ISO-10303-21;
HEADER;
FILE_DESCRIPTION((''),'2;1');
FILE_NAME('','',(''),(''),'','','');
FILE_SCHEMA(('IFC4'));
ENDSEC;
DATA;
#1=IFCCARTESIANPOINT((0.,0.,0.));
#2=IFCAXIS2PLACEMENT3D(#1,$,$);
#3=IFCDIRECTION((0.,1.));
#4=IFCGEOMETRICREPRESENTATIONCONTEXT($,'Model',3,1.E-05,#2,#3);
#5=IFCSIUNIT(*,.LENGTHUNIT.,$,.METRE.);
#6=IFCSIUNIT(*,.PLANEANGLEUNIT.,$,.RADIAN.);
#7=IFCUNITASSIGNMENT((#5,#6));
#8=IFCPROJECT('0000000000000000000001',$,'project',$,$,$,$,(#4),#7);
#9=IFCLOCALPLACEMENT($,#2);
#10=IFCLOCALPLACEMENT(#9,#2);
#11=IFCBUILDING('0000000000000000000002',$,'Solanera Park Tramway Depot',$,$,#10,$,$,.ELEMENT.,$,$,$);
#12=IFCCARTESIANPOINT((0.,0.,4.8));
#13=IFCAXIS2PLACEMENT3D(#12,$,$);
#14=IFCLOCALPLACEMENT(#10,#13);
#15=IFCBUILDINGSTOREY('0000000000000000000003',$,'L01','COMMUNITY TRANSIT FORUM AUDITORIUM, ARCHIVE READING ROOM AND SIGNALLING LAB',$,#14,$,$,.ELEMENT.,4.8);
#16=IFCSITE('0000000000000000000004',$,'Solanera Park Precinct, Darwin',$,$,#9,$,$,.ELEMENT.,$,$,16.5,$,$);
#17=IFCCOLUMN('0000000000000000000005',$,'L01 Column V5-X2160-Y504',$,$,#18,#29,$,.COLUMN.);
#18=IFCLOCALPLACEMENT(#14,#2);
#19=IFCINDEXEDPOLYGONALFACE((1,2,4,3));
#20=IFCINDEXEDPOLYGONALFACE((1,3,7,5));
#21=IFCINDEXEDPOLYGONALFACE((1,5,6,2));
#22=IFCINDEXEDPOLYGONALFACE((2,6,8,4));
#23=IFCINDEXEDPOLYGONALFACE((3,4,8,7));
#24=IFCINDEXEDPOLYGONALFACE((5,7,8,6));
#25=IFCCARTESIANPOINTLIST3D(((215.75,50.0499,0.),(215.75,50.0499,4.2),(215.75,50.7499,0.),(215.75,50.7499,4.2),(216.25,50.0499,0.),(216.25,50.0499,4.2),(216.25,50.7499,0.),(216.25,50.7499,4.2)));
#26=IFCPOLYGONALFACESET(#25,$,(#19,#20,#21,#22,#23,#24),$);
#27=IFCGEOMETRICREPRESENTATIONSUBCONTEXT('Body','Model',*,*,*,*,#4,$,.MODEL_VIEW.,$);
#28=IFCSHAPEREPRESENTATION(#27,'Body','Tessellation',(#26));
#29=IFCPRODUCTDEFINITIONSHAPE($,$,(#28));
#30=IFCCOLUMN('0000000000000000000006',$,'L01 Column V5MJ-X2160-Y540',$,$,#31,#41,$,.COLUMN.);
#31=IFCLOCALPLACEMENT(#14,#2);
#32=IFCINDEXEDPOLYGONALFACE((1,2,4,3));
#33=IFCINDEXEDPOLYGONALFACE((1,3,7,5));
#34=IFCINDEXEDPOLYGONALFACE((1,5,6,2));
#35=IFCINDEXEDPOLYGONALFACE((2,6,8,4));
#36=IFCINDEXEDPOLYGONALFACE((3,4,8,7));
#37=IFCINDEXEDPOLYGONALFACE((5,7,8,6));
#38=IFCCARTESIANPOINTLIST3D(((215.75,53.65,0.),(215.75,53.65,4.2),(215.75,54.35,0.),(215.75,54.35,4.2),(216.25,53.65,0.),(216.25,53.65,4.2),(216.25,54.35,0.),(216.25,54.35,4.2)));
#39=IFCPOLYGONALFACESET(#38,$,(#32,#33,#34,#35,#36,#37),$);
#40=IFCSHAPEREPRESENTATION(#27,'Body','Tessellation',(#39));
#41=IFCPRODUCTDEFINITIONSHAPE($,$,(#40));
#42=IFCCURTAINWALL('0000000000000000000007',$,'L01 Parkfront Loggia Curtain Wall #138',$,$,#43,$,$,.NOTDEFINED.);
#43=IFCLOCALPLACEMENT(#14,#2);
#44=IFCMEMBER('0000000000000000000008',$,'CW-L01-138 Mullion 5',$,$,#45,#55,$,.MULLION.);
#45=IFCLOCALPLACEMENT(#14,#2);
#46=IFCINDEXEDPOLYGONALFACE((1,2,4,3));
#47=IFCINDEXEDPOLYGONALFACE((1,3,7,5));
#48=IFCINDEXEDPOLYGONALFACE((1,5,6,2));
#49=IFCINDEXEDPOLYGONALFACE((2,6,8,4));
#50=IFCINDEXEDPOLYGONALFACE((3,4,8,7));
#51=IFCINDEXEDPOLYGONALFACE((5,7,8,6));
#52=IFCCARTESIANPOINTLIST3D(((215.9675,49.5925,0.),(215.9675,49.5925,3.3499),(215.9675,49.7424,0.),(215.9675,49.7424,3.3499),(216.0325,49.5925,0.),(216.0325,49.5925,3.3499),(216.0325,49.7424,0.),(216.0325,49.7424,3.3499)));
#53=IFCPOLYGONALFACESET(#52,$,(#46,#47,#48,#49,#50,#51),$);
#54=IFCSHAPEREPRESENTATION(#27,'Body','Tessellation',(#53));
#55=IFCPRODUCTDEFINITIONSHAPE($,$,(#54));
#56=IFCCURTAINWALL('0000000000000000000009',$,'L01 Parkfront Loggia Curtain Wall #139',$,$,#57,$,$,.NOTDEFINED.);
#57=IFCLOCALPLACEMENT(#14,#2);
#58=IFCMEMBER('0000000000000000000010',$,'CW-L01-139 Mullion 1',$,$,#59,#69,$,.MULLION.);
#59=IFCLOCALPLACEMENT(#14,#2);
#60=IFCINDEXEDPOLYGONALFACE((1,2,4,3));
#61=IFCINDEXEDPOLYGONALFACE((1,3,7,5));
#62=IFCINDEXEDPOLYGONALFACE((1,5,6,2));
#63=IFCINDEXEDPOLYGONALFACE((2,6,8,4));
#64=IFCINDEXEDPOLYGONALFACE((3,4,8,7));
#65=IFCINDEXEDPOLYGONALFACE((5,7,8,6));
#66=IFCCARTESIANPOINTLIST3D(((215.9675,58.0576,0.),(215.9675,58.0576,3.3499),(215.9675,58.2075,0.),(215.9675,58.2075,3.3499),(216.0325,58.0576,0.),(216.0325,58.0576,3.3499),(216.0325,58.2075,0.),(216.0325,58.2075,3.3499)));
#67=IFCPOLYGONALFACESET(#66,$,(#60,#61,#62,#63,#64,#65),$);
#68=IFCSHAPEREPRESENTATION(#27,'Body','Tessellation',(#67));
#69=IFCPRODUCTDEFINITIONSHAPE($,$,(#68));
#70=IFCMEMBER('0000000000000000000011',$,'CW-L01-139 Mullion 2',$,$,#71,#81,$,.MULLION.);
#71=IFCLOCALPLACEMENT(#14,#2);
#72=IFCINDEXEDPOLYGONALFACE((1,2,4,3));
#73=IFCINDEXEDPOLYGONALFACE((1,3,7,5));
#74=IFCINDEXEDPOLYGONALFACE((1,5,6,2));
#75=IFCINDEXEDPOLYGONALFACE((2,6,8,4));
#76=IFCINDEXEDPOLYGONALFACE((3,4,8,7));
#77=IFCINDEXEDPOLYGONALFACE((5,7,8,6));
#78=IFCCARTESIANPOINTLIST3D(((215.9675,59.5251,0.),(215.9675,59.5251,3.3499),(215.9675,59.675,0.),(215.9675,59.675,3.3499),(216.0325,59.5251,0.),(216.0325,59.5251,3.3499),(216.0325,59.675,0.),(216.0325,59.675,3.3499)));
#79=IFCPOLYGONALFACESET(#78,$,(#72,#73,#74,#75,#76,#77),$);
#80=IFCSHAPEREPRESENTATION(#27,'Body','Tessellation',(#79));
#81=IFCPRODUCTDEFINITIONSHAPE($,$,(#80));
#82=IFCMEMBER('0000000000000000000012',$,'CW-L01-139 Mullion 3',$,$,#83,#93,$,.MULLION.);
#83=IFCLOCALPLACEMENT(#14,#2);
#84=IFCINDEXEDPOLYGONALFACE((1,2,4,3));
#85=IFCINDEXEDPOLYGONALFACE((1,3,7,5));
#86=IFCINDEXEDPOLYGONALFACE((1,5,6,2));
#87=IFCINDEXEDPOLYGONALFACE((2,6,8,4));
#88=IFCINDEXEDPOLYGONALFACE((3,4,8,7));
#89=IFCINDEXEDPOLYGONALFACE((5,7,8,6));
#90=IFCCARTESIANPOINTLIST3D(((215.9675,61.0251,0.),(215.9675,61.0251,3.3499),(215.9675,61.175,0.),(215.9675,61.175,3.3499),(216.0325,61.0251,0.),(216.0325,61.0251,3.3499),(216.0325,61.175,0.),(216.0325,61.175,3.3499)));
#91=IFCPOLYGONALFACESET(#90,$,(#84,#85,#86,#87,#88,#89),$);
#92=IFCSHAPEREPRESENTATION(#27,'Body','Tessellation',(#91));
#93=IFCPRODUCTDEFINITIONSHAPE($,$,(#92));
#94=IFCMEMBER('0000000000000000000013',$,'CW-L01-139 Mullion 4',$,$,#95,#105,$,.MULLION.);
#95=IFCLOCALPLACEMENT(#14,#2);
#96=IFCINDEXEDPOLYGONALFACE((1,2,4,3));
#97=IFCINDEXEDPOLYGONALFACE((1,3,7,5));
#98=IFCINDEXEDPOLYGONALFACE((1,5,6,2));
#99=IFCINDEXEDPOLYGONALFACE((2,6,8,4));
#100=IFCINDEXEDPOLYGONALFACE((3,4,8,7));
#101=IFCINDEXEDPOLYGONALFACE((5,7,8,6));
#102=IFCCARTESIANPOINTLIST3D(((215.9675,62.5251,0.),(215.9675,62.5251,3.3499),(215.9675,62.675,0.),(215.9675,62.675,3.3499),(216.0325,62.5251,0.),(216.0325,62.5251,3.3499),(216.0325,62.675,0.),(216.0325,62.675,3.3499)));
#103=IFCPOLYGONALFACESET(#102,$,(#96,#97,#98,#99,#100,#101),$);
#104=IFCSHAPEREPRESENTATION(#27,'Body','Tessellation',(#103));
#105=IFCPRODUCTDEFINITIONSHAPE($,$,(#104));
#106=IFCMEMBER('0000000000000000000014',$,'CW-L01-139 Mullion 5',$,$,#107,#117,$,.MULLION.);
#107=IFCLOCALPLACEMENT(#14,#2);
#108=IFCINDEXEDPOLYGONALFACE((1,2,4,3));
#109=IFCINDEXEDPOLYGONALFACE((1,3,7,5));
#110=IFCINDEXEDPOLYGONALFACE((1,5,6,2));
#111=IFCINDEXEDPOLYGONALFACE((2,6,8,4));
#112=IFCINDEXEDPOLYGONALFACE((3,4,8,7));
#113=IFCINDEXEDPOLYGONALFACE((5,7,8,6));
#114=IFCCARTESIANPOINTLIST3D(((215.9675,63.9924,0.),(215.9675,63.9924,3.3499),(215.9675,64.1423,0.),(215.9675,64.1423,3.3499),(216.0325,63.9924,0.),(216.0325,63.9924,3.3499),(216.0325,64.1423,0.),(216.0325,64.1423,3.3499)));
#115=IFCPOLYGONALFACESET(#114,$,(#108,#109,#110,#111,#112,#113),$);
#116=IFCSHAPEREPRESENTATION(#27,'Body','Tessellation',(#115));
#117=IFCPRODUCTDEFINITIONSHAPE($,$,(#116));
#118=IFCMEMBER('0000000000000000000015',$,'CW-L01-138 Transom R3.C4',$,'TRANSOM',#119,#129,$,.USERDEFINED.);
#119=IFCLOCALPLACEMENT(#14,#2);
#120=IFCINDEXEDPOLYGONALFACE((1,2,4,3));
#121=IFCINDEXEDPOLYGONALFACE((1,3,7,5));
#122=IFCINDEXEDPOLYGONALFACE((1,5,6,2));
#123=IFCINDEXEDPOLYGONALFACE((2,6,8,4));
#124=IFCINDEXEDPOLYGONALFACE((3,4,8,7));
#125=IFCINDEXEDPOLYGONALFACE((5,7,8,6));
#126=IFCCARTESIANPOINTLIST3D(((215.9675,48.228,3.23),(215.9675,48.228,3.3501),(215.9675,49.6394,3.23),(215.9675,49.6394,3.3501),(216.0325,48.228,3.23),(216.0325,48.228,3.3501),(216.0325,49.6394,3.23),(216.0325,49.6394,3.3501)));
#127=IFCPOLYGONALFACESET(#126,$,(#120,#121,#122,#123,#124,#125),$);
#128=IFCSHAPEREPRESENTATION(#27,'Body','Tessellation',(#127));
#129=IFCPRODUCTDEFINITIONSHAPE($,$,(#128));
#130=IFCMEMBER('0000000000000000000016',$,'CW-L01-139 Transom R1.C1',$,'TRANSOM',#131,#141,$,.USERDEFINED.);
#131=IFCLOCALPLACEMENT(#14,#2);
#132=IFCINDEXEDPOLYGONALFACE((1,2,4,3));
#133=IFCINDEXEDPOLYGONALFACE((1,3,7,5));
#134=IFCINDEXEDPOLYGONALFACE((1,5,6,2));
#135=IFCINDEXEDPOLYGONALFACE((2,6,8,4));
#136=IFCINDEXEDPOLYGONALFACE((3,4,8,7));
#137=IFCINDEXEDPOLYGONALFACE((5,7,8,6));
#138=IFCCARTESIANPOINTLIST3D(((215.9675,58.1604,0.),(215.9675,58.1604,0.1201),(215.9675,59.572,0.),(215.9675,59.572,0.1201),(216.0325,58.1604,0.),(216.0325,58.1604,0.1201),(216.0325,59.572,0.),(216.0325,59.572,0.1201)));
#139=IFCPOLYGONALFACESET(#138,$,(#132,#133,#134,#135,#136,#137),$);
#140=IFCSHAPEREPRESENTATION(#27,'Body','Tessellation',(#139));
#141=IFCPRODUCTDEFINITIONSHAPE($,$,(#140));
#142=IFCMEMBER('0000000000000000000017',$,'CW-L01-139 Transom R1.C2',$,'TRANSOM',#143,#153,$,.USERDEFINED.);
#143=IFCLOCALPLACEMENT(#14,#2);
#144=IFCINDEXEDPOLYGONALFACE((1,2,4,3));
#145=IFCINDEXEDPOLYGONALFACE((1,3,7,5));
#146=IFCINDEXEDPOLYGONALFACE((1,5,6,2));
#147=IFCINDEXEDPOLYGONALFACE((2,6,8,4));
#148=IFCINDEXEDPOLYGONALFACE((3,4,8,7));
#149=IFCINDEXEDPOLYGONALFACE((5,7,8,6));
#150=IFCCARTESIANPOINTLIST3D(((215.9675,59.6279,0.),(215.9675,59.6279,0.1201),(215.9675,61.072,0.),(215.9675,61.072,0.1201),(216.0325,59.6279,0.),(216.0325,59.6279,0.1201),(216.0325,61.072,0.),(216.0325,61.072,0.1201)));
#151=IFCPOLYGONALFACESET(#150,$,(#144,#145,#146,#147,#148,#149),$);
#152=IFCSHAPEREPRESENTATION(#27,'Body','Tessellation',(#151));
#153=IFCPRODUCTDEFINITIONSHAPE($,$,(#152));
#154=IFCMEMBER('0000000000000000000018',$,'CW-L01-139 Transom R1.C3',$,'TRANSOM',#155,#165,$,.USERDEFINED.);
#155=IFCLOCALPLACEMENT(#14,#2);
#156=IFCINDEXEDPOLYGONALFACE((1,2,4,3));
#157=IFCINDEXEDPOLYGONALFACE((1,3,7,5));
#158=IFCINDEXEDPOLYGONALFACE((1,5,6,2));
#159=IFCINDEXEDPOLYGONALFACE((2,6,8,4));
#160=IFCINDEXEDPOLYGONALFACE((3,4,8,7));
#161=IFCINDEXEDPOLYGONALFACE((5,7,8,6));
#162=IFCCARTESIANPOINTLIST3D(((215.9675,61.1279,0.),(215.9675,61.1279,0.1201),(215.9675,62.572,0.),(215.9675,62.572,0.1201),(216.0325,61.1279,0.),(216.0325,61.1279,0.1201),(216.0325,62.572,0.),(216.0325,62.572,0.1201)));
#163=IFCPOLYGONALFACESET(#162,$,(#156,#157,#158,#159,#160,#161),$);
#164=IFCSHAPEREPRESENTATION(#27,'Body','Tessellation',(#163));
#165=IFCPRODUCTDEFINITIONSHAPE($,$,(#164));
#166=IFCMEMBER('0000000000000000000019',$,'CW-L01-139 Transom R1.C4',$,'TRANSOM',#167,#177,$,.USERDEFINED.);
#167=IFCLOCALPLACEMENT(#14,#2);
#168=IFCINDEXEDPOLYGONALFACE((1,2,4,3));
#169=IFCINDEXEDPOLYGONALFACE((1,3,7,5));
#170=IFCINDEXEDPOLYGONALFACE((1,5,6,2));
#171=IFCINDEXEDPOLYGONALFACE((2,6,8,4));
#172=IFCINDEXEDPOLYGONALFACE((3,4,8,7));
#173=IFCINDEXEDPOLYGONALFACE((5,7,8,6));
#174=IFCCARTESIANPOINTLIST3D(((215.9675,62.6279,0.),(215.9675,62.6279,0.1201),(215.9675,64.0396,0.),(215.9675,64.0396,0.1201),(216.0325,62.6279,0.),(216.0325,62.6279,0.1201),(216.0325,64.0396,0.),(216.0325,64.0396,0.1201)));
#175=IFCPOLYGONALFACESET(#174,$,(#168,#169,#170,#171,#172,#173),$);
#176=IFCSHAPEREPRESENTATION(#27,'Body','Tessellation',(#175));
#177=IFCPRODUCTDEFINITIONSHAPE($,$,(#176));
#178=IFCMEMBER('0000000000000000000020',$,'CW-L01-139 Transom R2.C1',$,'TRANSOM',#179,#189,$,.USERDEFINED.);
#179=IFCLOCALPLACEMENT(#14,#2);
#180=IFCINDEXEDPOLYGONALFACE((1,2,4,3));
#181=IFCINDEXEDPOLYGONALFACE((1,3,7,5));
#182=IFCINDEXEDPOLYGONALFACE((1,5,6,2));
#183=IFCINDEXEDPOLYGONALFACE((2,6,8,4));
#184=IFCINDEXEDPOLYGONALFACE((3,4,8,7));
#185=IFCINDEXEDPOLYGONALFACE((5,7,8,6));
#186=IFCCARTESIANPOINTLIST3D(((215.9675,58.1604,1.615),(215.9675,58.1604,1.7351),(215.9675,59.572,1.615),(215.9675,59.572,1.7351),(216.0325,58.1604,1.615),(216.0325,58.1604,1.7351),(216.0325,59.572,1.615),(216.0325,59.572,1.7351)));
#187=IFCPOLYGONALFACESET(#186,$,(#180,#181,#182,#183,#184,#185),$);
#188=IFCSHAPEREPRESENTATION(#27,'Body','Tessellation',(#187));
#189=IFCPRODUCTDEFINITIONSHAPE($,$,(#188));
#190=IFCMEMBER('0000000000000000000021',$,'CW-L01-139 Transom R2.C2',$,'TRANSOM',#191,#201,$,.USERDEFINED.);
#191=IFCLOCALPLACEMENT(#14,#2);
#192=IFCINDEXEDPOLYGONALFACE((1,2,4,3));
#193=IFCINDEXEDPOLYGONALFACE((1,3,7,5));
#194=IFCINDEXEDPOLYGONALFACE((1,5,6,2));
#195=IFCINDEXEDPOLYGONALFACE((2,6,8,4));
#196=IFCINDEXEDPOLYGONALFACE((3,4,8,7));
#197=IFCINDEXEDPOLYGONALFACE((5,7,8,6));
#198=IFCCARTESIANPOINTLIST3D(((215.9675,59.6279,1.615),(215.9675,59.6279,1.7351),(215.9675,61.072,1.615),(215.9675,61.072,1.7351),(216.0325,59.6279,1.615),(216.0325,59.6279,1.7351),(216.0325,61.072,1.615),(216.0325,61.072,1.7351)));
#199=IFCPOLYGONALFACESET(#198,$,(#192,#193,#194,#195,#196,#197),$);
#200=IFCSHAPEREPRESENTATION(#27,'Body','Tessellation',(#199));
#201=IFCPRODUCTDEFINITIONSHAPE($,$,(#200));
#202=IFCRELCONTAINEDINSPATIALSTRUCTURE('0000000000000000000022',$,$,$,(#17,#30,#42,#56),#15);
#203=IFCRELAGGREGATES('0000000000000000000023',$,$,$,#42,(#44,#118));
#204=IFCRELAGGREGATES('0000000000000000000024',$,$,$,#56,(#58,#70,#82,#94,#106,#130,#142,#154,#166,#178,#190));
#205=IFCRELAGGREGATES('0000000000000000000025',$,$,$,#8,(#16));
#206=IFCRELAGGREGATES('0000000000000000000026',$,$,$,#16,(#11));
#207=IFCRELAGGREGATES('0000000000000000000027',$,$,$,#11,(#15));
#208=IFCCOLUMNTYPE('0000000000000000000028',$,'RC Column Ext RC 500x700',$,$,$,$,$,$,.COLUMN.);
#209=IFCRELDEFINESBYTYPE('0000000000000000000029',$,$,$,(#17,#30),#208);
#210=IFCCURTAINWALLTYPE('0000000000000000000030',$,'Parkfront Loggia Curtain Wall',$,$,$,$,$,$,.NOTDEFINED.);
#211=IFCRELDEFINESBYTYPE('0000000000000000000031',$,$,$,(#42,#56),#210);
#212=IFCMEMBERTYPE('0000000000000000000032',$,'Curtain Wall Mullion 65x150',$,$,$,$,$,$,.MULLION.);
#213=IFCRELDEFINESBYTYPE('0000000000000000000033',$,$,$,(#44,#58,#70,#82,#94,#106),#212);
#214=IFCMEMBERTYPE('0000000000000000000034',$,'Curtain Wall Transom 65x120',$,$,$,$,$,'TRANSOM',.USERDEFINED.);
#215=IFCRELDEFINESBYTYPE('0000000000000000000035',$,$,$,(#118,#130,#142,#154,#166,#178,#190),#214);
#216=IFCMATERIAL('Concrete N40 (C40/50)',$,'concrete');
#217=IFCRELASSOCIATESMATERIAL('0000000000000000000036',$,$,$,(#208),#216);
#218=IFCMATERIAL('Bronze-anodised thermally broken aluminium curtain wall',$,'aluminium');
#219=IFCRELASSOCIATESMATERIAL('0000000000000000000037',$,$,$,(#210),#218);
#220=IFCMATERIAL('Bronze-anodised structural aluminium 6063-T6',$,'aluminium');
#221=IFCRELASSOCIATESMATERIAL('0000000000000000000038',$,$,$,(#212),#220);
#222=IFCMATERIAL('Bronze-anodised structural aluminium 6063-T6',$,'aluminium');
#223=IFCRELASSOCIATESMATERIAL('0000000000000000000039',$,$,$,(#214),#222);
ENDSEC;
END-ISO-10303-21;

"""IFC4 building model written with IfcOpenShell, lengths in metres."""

from ifc_helpers import new_model, si_unit, direction, frame, origin, origin_2d, place, context, subcontext, project, spatial, rectangle, extrude, material, material_profile, profile_set, type_object, element, aggregate, save


model = new_model("IFC4")

# Units and contexts
model_context = context("Model", 3, precision=1e-05, world=origin(), true_north=direction((0.0, 1.0)))
body_context = subcontext(model_context, "Body", "Model", "MODEL_VIEW")
ifc_project = project(units=[si_unit("LENGTHUNIT", "METRE"), si_unit("PLANEANGLEUNIT", "RADIAN")], contexts=[model_context])

# Site, building, storey
site_placement = place(None, origin())
site = spatial("IfcSite", under=ifc_project, at=site_placement, Name="Solanera Park Precinct, Darwin", CompositionType="ELEMENT", RefElevation=16.5)
building_placement = place(site_placement, origin())
building = spatial("IfcBuilding", under=site, at=building_placement, Name="Solanera Park Tramway Depot", CompositionType="ELEMENT")
storey_placement = place(building_placement, frame((0.0, 0.0, 4.8)))
storey = spatial("IfcBuildingStorey", under=building, at=storey_placement, Name="L01", Description="COMMUNITY TRANSIT FORUM AUDITORIUM, ARCHIVE READING ROOM AND SIGNALLING LAB", CompositionType="ELEMENT", Elevation=4.8)

# Columns
ifc_material_1 = material(Name="Concrete N40 (C40/50)", Category="concrete")
ifc_material_profile_1 = material_profile(ifc_material_1, rectangle(XDim=0.5, YDim=0.7, at=origin_2d()), Name="RC 500x700")
ifc_profile_set_1 = profile_set([ifc_material_profile_1], Name="Concrete N40 (C40/50)")
column_type = type_object("IfcColumnType", Name="RC Column Ext RC 500x700", PredefinedType="COLUMN", material=ifc_profile_set_1)
for number, where, z_axis, x_axis, name in (
    (1, (216.0, 50.3999, 0.0), (0.0, 0.0, 1.0), (1.0, 0.0, 0.0), "L01 Column V5-X2160-Y504"),
    (2, (216.0, 54.0, 0.0), (0.0, 0.0, 1.0), (1.0, 0.0, 0.0), "L01 Column V5MJ-X2160-Y540"),
):
    element("IfcColumn", number, at=place(storey_placement, frame(where, z_axis=z_axis, x_axis=x_axis)), inside=storey, type_object=column_type, Name=name, PredefinedType="COLUMN", context=body_context, shape_type="SweptSolid", body=[
        extrude(rectangle(XDim=0.5, YDim=0.7, at=origin_2d()), origin(), (0.0, 0.0, 1.0), 4.2),
    ])

# Curtain wall, member
ifc_material_2 = material(Name="Bronze-anodised thermally broken aluminium curtain wall", Category="aluminium")
curtain_wall_type = type_object("IfcCurtainWallType", Name="Parkfront Loggia Curtain Wall", PredefinedType="NOTDEFINED", material=ifc_material_2)
curtain_wall_1_placement = place(storey_placement, origin())
curtain_wall_1 = element("IfcCurtainWall", 3, at=curtain_wall_1_placement, inside=storey, type_object=curtain_wall_type, Name="L01 Parkfront Loggia Curtain Wall #138", PredefinedType="NOTDEFINED")
ifc_material_3 = material(Name="Bronze-anodised structural aluminium 6063-T6", Category="aluminium")
ifc_material_profile_2 = material_profile(ifc_material_3, rectangle(XDim=0.0649, YDim=0.1499, at=origin_2d()), Name="Curtain Wall Mullion 65x150")
ifc_profile_set_2 = profile_set([ifc_material_profile_2], Name="Bronze-anodised structural aluminium 6063-T6")
member_type_1 = type_object("IfcMemberType", Name="Curtain Wall Mullion 65x150", PredefinedType="MULLION", material=ifc_profile_set_2)
member_1_placement = place(storey_placement, frame((216.0, 49.6675, 0.0), z_axis=(0.0, 0.0, 1.0), x_axis=(1.0, 0.0, 0.0)))
member_1 = element("IfcMember", 4, at=member_1_placement, type_object=member_type_1, Name="CW-L01-138 Mullion 5", PredefinedType="MULLION", context=body_context, shape_type="SweptSolid", body=[
    extrude(rectangle(XDim=0.0649, YDim=0.1499, at=origin_2d()), origin(), (0.0, 0.0, 1.0), 3.3499),
])

# Curtain wall, members
curtain_wall_2_placement = place(storey_placement, origin())
curtain_wall_2 = element("IfcCurtainWall", 5, at=curtain_wall_2_placement, inside=storey, type_object=curtain_wall_type, Name="L01 Parkfront Loggia Curtain Wall #139", PredefinedType="NOTDEFINED")
member_2_placement = place(storey_placement, frame((216.0, 58.1326, 0.0), z_axis=(0.0, 0.0, 1.0), x_axis=(1.0, 0.0, 0.0)))
member_2 = element("IfcMember", 6, at=member_2_placement, type_object=member_type_1, Name="CW-L01-139 Mullion 1", PredefinedType="MULLION", context=body_context, shape_type="SweptSolid", body=[
    extrude(rectangle(XDim=0.0649, YDim=0.1499, at=origin_2d()), origin(), (0.0, 0.0, 1.0), 3.3499),
])
member_3_placement = place(storey_placement, frame((216.0, 59.6001, 0.0), z_axis=(0.0, 0.0, 1.0), x_axis=(1.0, 0.0, 0.0)))
member_3 = element("IfcMember", 7, at=member_3_placement, type_object=member_type_1, Name="CW-L01-139 Mullion 2", PredefinedType="MULLION", context=body_context, shape_type="SweptSolid", body=[
    extrude(rectangle(XDim=0.0649, YDim=0.1499, at=origin_2d()), origin(), (0.0, 0.0, 1.0), 3.3499),
])
member_4_placement = place(storey_placement, frame((216.0, 61.1001, 0.0), z_axis=(0.0, 0.0, 1.0), x_axis=(1.0, 0.0, 0.0)))
member_4 = element("IfcMember", 8, at=member_4_placement, type_object=member_type_1, Name="CW-L01-139 Mullion 3", PredefinedType="MULLION", context=body_context, shape_type="SweptSolid", body=[
    extrude(rectangle(XDim=0.0649, YDim=0.1499, at=origin_2d()), origin(), (0.0, 0.0, 1.0), 3.3499),
])
member_5_placement = place(storey_placement, frame((216.0, 62.6001, 0.0), z_axis=(0.0, 0.0, 1.0), x_axis=(1.0, 0.0, 0.0)))
member_5 = element("IfcMember", 9, at=member_5_placement, type_object=member_type_1, Name="CW-L01-139 Mullion 4", PredefinedType="MULLION", context=body_context, shape_type="SweptSolid", body=[
    extrude(rectangle(XDim=0.0649, YDim=0.1499, at=origin_2d()), origin(), (0.0, 0.0, 1.0), 3.3499),
])
member_6_placement = place(storey_placement, frame((216.0, 64.0674, 0.0), z_axis=(0.0, 0.0, 1.0), x_axis=(1.0, 0.0, 0.0)))
member_6 = element("IfcMember", 10, at=member_6_placement, type_object=member_type_1, Name="CW-L01-139 Mullion 5", PredefinedType="MULLION", context=body_context, shape_type="SweptSolid", body=[
    extrude(rectangle(XDim=0.0649, YDim=0.1499, at=origin_2d()), origin(), (0.0, 0.0, 1.0), 3.3499),
])

# Members
ifc_material_4 = material(Name="Bronze-anodised structural aluminium 6063-T6", Category="aluminium")
ifc_material_profile_3 = material_profile(ifc_material_4, rectangle(XDim=0.0649, YDim=0.1201, at=origin_2d()), Name="Curtain Wall Transom 65x120")
ifc_profile_set_3 = profile_set([ifc_material_profile_3], Name="Bronze-anodised structural aluminium 6063-T6")
member_type_2 = type_object("IfcMemberType", Name="Curtain Wall Transom 65x120", ElementType="TRANSOM", PredefinedType="USERDEFINED", material=ifc_profile_set_3)
member_7_placement = place(storey_placement, frame((216.0, 48.228, 3.29), z_axis=(0.0, 1.0, 0.0), x_axis=(-1.0, 0.0, 0.0)))
member_7 = element("IfcMember", 11, at=member_7_placement, type_object=member_type_2, Name="CW-L01-138 Transom R3.C4", ObjectType="TRANSOM", PredefinedType="USERDEFINED", context=body_context, shape_type="SweptSolid", body=[
    extrude(rectangle(XDim=0.0649, YDim=0.1201, at=origin_2d()), origin(), (0.0, 0.0, 1.0), 1.4114),
])
member_8_placement = place(storey_placement, frame((216.0, 58.1604, 0.0601), z_axis=(0.0, 1.0, 0.0), x_axis=(-1.0, 0.0, 0.0)))
member_8 = element("IfcMember", 12, at=member_8_placement, type_object=member_type_2, Name="CW-L01-139 Transom R1.C1", ObjectType="TRANSOM", PredefinedType="USERDEFINED", context=body_context, shape_type="SweptSolid", body=[
    extrude(rectangle(XDim=0.0649, YDim=0.1201, at=origin_2d()), origin(), (0.0, 0.0, 1.0), 1.4116),
])
member_9_placement = place(storey_placement, frame((216.0, 59.6279, 0.0601), z_axis=(0.0, 1.0, 0.0), x_axis=(-1.0, 0.0, 0.0)))
member_9 = element("IfcMember", 13, at=member_9_placement, type_object=member_type_2, Name="CW-L01-139 Transom R1.C2", ObjectType="TRANSOM", PredefinedType="USERDEFINED", context=body_context, shape_type="SweptSolid", body=[
    extrude(rectangle(XDim=0.0649, YDim=0.1201, at=origin_2d()), origin(), (0.0, 0.0, 1.0), 1.4441),
])
member_10_placement = place(storey_placement, frame((216.0, 61.1279, 0.0601), z_axis=(0.0, 1.0, 0.0), x_axis=(-1.0, 0.0, 0.0)))
member_10 = element("IfcMember", 14, at=member_10_placement, type_object=member_type_2, Name="CW-L01-139 Transom R1.C3", ObjectType="TRANSOM", PredefinedType="USERDEFINED", context=body_context, shape_type="SweptSolid", body=[
    extrude(rectangle(XDim=0.0649, YDim=0.1201, at=origin_2d()), origin(), (0.0, 0.0, 1.0), 1.4441),
])
member_11_placement = place(storey_placement, frame((216.0, 62.6279, 0.0601), z_axis=(0.0, 1.0, 0.0), x_axis=(-1.0, 0.0, 0.0)))
member_11 = element("IfcMember", 15, at=member_11_placement, type_object=member_type_2, Name="CW-L01-139 Transom R1.C4", ObjectType="TRANSOM", PredefinedType="USERDEFINED", context=body_context, shape_type="SweptSolid", body=[
    extrude(rectangle(XDim=0.0649, YDim=0.1201, at=origin_2d()), origin(), (0.0, 0.0, 1.0), 1.4116),
])
member_12_placement = place(storey_placement, frame((216.0, 58.1604, 1.675), z_axis=(0.0, 1.0, 0.0), x_axis=(-1.0, 0.0, 0.0)))
member_12 = element("IfcMember", 16, at=member_12_placement, type_object=member_type_2, Name="CW-L01-139 Transom R2.C1", ObjectType="TRANSOM", PredefinedType="USERDEFINED", context=body_context, shape_type="SweptSolid", body=[
    extrude(rectangle(XDim=0.0649, YDim=0.1201, at=origin_2d()), origin(), (0.0, 0.0, 1.0), 1.4116),
])
member_13_placement = place(storey_placement, frame((216.0, 59.6279, 1.675), z_axis=(0.0, 1.0, 0.0), x_axis=(-1.0, 0.0, 0.0)))
member_13 = element("IfcMember", 17, at=member_13_placement, type_object=member_type_2, Name="CW-L01-139 Transom R2.C2", ObjectType="TRANSOM", PredefinedType="USERDEFINED", context=body_context, shape_type="SweptSolid", body=[
    extrude(rectangle(XDim=0.0649, YDim=0.1201, at=origin_2d()), origin(), (0.0, 0.0, 1.0), 1.4441),
])

aggregate(curtain_wall_1, [member_1, member_7])
aggregate(curtain_wall_2, [member_2, member_3, member_4, member_5, member_6, member_8, member_9, member_10, member_11, member_12, member_13])

save(model, "model.ifc")
